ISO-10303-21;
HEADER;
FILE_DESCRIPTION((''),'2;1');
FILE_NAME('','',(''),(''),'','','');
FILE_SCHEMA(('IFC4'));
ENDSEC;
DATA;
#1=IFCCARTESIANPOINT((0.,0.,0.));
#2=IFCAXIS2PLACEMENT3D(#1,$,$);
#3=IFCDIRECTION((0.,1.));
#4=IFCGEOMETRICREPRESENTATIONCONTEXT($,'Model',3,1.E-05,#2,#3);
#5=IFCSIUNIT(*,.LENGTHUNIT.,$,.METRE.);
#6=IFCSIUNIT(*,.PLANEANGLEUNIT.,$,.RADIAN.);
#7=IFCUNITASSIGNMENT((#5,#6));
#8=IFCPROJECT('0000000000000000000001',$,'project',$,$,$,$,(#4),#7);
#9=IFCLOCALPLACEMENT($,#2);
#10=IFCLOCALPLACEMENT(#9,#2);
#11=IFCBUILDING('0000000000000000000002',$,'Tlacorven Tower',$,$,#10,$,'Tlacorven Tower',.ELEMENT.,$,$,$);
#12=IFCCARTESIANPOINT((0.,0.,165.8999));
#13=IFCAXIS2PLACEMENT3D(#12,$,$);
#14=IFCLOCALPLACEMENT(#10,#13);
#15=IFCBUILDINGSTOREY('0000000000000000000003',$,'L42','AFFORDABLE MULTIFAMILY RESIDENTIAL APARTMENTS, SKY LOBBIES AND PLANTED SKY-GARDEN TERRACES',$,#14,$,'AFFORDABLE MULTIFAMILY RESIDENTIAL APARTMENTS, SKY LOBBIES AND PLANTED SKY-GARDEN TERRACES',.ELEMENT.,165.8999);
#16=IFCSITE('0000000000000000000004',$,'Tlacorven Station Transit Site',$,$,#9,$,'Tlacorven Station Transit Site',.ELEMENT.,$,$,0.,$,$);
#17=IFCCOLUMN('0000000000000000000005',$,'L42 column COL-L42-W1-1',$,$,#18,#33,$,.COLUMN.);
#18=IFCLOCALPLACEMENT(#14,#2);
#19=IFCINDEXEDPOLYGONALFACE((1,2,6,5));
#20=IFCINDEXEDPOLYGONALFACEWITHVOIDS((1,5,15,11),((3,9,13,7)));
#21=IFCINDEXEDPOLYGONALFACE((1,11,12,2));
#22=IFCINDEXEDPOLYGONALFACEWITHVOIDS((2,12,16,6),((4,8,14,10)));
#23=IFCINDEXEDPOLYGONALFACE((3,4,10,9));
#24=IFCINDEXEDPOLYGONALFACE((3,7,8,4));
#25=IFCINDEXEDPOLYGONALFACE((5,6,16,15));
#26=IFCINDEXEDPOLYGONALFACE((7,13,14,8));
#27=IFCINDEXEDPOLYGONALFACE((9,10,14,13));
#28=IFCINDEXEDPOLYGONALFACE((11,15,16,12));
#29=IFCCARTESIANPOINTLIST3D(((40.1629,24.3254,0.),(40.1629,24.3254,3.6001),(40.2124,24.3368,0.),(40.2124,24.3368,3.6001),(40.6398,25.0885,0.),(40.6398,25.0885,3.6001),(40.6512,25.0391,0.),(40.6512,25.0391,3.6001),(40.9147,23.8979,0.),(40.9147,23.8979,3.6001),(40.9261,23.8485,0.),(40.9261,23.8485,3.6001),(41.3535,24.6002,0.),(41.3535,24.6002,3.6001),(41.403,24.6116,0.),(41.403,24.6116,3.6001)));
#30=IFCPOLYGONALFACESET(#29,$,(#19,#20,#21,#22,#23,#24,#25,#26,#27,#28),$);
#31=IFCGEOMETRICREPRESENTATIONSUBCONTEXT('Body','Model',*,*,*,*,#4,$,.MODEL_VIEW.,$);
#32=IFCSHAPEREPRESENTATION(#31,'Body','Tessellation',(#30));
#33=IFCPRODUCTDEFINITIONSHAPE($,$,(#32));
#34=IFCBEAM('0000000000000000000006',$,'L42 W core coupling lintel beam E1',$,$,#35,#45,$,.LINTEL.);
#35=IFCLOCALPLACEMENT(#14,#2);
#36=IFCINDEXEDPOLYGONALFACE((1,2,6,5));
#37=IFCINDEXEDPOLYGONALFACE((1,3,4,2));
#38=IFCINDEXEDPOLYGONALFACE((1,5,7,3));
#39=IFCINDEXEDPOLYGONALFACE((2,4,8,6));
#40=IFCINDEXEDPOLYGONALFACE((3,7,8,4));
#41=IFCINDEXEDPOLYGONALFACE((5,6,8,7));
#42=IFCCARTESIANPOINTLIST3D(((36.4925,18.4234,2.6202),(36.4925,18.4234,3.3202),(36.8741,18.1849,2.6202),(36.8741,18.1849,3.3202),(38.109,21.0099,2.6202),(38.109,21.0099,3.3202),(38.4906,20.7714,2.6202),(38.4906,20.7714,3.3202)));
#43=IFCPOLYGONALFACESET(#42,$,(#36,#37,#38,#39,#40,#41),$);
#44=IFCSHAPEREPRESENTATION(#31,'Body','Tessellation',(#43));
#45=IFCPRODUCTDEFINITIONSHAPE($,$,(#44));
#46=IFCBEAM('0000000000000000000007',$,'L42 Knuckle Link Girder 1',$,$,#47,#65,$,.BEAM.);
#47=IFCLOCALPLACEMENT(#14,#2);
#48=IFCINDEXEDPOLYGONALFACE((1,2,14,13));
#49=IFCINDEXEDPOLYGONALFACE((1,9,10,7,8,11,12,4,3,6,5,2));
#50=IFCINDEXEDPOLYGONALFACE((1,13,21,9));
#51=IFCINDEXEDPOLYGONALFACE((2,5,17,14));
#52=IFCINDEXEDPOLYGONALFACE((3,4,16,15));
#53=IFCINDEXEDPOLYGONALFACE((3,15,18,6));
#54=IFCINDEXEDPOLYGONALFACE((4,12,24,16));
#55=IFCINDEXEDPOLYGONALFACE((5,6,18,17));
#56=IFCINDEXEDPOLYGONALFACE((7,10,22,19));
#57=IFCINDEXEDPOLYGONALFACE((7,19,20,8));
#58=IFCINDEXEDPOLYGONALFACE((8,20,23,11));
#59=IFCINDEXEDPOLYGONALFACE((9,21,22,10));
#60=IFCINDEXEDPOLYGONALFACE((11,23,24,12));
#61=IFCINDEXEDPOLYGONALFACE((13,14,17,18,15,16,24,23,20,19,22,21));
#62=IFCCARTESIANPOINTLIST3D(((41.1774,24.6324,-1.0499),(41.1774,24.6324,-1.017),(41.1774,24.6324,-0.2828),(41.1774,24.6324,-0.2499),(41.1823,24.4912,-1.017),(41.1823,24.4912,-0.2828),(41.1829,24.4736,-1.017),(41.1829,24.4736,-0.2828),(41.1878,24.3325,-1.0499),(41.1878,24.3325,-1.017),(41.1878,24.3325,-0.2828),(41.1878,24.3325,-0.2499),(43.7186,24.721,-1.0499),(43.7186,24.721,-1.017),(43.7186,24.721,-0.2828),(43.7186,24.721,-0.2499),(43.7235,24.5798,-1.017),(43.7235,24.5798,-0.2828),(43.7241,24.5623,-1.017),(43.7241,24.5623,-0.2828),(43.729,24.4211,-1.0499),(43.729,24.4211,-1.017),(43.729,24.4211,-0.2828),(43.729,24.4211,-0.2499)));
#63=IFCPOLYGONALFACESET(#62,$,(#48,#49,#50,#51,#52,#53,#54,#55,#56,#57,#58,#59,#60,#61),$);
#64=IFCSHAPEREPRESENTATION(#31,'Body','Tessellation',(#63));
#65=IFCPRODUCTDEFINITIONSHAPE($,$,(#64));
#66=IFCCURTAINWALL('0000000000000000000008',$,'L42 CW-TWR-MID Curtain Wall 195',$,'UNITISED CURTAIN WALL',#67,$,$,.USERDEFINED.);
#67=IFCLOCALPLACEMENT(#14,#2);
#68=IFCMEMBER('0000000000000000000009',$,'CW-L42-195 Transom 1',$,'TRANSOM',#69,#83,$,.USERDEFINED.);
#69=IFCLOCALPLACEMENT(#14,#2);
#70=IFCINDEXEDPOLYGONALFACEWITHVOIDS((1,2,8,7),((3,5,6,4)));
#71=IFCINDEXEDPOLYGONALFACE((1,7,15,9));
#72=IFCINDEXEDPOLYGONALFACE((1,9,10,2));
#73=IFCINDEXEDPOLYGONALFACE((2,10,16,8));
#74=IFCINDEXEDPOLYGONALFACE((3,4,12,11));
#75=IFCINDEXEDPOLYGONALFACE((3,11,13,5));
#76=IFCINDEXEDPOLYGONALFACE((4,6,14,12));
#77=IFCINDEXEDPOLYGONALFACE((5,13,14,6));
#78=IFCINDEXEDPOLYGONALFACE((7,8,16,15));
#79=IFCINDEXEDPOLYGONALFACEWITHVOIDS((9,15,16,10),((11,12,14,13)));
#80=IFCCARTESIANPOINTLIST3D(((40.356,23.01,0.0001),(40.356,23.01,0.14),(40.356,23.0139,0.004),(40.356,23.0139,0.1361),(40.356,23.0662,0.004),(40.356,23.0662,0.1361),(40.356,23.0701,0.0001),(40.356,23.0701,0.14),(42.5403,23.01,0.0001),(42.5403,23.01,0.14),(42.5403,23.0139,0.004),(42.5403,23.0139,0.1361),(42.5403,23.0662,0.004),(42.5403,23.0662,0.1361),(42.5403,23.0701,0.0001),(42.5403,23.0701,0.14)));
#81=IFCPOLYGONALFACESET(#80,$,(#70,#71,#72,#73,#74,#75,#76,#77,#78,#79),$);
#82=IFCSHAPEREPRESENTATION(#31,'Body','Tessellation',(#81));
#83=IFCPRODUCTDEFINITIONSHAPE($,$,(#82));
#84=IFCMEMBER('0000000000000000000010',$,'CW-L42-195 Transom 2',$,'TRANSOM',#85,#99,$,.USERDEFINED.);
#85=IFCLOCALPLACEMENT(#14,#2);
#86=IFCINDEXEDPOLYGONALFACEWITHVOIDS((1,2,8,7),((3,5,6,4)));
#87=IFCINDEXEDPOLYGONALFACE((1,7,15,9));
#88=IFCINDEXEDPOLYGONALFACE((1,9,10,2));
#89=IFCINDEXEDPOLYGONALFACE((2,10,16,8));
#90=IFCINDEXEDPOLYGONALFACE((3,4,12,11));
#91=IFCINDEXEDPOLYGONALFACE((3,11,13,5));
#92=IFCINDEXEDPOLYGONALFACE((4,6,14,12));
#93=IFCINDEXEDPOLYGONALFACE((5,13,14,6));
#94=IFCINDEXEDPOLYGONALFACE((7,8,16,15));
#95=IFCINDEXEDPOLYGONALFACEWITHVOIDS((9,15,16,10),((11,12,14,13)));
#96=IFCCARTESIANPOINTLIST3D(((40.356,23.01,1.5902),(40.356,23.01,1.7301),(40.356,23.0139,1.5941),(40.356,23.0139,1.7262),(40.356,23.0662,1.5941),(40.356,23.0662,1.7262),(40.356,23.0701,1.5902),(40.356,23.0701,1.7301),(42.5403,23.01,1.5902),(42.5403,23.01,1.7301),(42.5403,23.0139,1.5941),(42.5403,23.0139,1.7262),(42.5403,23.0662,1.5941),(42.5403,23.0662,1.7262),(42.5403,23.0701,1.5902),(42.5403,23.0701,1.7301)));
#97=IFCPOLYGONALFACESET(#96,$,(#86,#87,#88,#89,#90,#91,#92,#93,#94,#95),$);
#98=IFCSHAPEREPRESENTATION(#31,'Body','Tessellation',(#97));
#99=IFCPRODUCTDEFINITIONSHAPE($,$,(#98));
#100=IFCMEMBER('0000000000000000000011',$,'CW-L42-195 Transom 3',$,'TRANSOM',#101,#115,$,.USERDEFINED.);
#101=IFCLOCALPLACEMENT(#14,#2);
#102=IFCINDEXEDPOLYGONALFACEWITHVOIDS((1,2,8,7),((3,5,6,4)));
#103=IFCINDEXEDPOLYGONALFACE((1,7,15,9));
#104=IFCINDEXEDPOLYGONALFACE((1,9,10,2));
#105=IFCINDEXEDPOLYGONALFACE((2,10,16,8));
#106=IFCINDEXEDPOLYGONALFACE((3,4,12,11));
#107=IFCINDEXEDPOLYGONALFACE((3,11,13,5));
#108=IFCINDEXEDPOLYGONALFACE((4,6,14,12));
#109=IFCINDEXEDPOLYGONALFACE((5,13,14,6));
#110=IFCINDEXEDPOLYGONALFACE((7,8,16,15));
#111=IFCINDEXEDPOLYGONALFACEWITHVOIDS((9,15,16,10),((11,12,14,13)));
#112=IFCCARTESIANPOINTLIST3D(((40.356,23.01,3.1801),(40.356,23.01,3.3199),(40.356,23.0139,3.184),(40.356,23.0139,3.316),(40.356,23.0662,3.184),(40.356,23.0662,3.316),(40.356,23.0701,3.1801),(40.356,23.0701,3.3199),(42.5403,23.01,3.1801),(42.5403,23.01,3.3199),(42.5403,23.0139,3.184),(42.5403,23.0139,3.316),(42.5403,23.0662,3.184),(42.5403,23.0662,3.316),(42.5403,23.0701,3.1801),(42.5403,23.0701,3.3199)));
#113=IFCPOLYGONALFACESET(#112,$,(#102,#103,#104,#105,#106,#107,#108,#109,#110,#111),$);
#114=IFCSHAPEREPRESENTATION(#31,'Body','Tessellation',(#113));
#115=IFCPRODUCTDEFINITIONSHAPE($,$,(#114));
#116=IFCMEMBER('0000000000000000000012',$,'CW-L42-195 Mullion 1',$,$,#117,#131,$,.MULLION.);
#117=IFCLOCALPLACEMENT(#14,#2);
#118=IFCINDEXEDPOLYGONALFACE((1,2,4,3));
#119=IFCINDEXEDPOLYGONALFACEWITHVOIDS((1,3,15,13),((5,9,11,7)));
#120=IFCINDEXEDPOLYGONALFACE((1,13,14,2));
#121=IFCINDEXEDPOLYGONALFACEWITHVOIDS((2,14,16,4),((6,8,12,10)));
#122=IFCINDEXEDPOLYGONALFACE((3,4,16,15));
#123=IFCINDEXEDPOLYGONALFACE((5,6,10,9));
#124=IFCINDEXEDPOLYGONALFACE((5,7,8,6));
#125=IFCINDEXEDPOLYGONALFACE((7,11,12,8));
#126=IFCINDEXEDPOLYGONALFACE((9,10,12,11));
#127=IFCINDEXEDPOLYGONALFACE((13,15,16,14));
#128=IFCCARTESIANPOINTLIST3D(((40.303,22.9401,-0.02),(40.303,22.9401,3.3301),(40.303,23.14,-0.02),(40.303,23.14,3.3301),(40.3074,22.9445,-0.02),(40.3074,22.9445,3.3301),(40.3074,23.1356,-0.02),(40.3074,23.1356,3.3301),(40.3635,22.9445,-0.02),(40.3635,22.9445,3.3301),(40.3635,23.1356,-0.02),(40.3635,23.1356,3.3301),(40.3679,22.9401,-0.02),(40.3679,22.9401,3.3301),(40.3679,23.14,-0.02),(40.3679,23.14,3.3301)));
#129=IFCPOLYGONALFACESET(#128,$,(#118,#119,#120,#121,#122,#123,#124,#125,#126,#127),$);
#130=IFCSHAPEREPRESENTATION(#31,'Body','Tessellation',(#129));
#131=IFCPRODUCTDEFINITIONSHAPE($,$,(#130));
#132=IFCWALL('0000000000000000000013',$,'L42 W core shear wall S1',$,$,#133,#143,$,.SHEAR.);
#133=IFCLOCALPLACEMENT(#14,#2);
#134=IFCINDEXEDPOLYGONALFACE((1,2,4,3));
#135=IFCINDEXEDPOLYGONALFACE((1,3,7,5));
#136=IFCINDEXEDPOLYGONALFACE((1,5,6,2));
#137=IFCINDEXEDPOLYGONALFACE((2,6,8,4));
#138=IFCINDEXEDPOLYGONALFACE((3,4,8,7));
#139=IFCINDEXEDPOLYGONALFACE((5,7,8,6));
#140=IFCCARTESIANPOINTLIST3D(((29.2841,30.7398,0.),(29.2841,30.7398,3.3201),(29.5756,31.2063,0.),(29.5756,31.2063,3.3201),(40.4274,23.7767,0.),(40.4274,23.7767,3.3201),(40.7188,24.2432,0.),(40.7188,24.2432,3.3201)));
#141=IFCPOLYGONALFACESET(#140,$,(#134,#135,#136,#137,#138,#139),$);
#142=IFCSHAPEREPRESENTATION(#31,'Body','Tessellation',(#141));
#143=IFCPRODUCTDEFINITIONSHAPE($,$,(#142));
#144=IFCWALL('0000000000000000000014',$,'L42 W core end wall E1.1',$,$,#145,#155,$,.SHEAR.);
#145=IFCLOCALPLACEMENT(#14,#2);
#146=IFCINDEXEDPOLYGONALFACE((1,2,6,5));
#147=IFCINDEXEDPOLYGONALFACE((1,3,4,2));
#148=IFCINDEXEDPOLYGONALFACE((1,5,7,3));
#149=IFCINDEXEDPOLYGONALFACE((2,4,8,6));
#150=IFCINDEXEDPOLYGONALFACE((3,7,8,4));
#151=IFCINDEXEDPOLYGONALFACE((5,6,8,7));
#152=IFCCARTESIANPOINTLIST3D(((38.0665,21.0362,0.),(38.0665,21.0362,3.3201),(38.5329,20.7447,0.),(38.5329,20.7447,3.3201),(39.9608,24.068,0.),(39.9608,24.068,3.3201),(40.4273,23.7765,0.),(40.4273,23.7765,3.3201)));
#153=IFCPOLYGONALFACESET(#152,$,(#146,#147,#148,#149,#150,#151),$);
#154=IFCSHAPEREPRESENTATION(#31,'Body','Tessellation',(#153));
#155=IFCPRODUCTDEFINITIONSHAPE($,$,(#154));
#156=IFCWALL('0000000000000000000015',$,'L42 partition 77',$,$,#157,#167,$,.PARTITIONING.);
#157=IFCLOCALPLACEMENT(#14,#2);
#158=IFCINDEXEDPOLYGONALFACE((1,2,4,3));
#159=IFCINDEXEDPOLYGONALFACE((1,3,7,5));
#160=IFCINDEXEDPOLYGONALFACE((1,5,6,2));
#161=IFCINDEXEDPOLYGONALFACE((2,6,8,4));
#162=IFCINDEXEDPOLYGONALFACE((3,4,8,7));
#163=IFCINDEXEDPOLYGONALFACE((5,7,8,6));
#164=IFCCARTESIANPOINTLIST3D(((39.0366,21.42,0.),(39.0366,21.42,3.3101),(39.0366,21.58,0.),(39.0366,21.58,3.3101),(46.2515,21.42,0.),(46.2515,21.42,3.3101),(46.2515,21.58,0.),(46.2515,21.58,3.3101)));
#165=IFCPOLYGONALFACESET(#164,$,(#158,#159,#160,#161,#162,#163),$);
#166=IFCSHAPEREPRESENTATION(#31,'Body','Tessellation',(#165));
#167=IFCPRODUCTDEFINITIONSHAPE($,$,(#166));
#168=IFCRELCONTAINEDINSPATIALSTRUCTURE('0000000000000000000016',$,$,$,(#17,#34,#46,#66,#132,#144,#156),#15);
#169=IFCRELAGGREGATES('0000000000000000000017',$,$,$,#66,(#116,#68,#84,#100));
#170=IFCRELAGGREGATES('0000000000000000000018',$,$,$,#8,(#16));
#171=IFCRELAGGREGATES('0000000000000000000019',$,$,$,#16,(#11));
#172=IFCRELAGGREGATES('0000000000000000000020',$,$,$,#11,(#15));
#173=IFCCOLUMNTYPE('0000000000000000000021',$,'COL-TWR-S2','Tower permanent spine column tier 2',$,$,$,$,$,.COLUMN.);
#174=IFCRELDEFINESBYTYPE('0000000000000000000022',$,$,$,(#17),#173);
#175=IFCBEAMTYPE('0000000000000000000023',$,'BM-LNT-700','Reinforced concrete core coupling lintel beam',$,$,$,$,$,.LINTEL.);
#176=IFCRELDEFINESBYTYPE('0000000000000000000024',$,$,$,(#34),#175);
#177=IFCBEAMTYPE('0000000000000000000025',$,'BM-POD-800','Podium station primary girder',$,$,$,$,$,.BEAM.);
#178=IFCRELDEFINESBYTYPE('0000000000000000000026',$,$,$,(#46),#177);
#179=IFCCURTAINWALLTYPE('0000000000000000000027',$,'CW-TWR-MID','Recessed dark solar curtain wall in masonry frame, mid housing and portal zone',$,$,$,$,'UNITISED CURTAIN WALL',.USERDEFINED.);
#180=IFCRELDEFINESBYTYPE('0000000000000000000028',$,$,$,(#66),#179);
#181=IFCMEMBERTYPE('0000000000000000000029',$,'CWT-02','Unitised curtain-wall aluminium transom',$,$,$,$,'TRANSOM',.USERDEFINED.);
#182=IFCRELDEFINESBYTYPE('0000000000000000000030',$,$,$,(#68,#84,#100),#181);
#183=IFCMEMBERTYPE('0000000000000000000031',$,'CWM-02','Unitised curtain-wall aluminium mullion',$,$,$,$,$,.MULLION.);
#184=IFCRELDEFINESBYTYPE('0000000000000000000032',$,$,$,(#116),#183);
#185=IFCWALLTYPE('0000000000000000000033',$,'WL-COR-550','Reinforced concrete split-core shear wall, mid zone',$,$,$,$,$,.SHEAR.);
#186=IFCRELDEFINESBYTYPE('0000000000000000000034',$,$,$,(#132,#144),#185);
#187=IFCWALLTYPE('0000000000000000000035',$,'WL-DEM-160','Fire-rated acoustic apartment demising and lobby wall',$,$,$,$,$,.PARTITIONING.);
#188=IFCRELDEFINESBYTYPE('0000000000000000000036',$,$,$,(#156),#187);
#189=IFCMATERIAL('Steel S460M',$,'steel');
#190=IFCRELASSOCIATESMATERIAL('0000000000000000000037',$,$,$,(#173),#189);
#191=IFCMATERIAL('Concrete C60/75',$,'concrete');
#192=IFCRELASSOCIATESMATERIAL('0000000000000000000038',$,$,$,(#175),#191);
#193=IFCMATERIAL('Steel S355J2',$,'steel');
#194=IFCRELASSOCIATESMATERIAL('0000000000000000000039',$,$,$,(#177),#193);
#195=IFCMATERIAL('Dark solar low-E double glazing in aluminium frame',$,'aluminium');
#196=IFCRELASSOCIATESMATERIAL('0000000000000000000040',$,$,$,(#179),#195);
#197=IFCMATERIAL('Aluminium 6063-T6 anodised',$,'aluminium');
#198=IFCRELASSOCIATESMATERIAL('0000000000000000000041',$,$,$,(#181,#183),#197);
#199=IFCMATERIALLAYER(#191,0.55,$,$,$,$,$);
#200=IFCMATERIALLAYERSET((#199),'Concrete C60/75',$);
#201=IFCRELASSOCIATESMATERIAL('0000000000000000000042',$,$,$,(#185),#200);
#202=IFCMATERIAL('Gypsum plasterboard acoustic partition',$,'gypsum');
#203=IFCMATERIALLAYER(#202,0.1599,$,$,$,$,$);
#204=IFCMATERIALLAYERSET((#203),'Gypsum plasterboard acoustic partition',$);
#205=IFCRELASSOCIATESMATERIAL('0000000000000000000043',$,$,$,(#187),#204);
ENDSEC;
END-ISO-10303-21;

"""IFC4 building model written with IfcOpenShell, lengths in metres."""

from ifc_helpers import new_model, si_unit, direction, frame, frame_2d, origin, origin_2d, place, context, subcontext, project, spatial, rectangle, hollow_rectangle, i_section, extrude, source, transform, mapped, material, layer, layer_set, material_profile, profile_set, type_object, element, aggregate, save


model = new_model("IFC4")

# Units and contexts
model_context = context("Model", 3, precision=1e-05, world=origin(), true_north=direction((0.0, 1.0)))
body_context = subcontext(model_context, "Body", "Model", "MODEL_VIEW")
ifc_project = project(units=[si_unit("LENGTHUNIT", "METRE"), si_unit("PLANEANGLEUNIT", "RADIAN")], contexts=[model_context])

# Site, building, storey
site_placement = place(None, origin())
site = spatial("IfcSite", under=ifc_project, at=site_placement, Name="Tlacorven Station Transit Site", LongName="Tlacorven Station Transit Site", CompositionType="ELEMENT", RefElevation=0.0)
building_placement = place(site_placement, origin())
building = spatial("IfcBuilding", under=site, at=building_placement, Name="Tlacorven Tower", LongName="Tlacorven Tower", CompositionType="ELEMENT")
storey_placement = place(building_placement, frame((0.0, 0.0, 165.8999)))
storey = spatial("IfcBuildingStorey", under=building, at=storey_placement, Name="L42", Description="AFFORDABLE MULTIFAMILY RESIDENTIAL APARTMENTS, SKY LOBBIES AND PLANTED SKY-GARDEN TERRACES", LongName="AFFORDABLE MULTIFAMILY RESIDENTIAL APARTMENTS, SKY LOBBIES AND PLANTED SKY-GARDEN TERRACES", CompositionType="ELEMENT", Elevation=165.8999)

# Column
ifc_material_1 = material(Name="Steel S460M", Category="steel")
ifc_material_profile_1 = material_profile(ifc_material_1, hollow_rectangle(XDim=0.8999, YDim=0.8999, WallThickness=0.0359, at=origin_2d()), Name="BOX 900X900X36")
ifc_profile_set_1 = profile_set([ifc_material_profile_1], Name="Steel S460M")
column_type = type_object("IfcColumnType", Name="COL-TWR-S2", Description="Tower permanent spine column tier 2", PredefinedType="COLUMN", material=ifc_profile_set_1)
shared_shape_1 = source(origin(), body_context, "Body", "SweptSolid", [
    extrude(hollow_rectangle(XDim=0.8999, YDim=0.8999, WallThickness=0.0359, at=origin_2d()), origin(), (0.0, 0.0, 1.0), 3.6001),
])
column_placement = place(storey_placement, frame((40.783, 24.4685, 0.0), z_axis=(0.0, 0.0, 1.0), x_axis=(-0.848048, 0.529919, 0.0)))
element("IfcColumn", 1, at=column_placement, inside=storey, type_object=column_type, Name="L42 column COL-L42-W1-1", PredefinedType="COLUMN", context=body_context, shape_type="MappedRepresentation", body=[
    mapped(shared_shape_1, transform((0.0, 0.0, 0.0), scale=1.0)),
])

# Beams
ifc_material_2 = material(Name="Concrete C60/75", Category="concrete")
ifc_material_profile_2 = material_profile(ifc_material_2, rectangle(XDim=0.45, YDim=0.7, at=origin_2d()), Name="RC 450X700")
ifc_profile_set_2 = profile_set([ifc_material_profile_2], Name="Concrete C60/75")
beam_type_1 = type_object("IfcBeamType", Name="BM-LNT-700", Description="Reinforced concrete core coupling lintel beam", PredefinedType="LINTEL", material=ifc_profile_set_2)
shared_shape_2 = source(origin(), body_context, "Body", "SweptSolid", [
    extrude(rectangle(XDim=0.45, YDim=0.7, at=origin_2d()), origin(), (0.0, 0.0, 1.0), 3.05),
])
beam_1_placement = place(storey_placement, frame((38.2998, 20.8906, 2.9702), z_axis=(-0.529985, -0.848007, 0.0), x_axis=(0.848007, -0.529985, 0.0)))
element("IfcBeam", 2, at=beam_1_placement, inside=storey, type_object=beam_type_1, Name="L42 W core coupling lintel beam E1", PredefinedType="LINTEL", context=body_context, shape_type="MappedRepresentation", body=[
    mapped(shared_shape_2, transform((0.0, 0.0, 0.0), scale=1.0)),
])
ifc_material_3 = material(Name="Steel S355J2", Category="steel")
ifc_material_profile_3 = material_profile(ifc_material_3, i_section(OverallWidth=0.3, OverallDepth=0.8, WebThickness=0.0176, FlangeThickness=0.033, at=origin_2d()), Name="HEB 800")
ifc_profile_set_3 = profile_set([ifc_material_profile_3], Name="Steel S355J2")
beam_type_2 = type_object("IfcBeamType", Name="BM-POD-800", Description="Podium station primary girder", PredefinedType="BEAM", material=ifc_profile_set_3)
shared_shape_3 = source(origin(), body_context, "Body", "SweptSolid", [
    extrude(i_section(OverallWidth=0.3, OverallDepth=0.8, WebThickness=0.0176, FlangeThickness=0.033, at=origin_2d()), origin(), (0.0, 0.0, 1.0), 2.5427),
])
beam_2_placement = place(storey_placement, frame((41.1826, 24.4824, -0.6499), z_axis=(0.999392, 0.034852, 0.0), x_axis=(-0.034852, 0.999392, 0.0)))
element("IfcBeam", 3, at=beam_2_placement, inside=storey, type_object=beam_type_2, Name="L42 Knuckle Link Girder 1", PredefinedType="BEAM", context=body_context, shape_type="MappedRepresentation", body=[
    mapped(shared_shape_3, transform((0.0, 0.0, 0.0), scale=1.0)),
])

# Curtain wall, members
ifc_material_4 = material(Name="Dark solar low-E double glazing in aluminium frame", Category="aluminium")
curtain_wall_type = type_object("IfcCurtainWallType", Name="CW-TWR-MID", Description="Recessed dark solar curtain wall in masonry frame, mid housing and portal zone", ElementType="UNITISED CURTAIN WALL", PredefinedType="USERDEFINED", material=ifc_material_4)
curtain_wall_placement = place(storey_placement, origin())
curtain_wall = element("IfcCurtainWall", 4, at=curtain_wall_placement, inside=storey, type_object=curtain_wall_type, Name="L42 CW-TWR-MID Curtain Wall 195", ObjectType="UNITISED CURTAIN WALL", PredefinedType="USERDEFINED")
ifc_material_5 = material(Name="Aluminium 6063-T6 anodised", Category="aluminium")
ifc_material_profile_4 = material_profile(ifc_material_5, hollow_rectangle(XDim=0.0601, YDim=0.1399, WallThickness=0.0039, at=origin_2d()), Name="ALU TRANSOM 60X140")
ifc_profile_set_4 = profile_set([ifc_material_profile_4], Name="Aluminium 6063-T6 anodised")
member_type_1 = type_object("IfcMemberType", Name="CWT-02", Description="Unitised curtain-wall aluminium transom", ElementType="TRANSOM", PredefinedType="USERDEFINED", material=ifc_profile_set_4)
shared_shape_4 = source(origin(), body_context, "Body", "SweptSolid", [
    extrude(hollow_rectangle(XDim=0.0601, YDim=0.1399, WallThickness=0.0039, at=origin_2d()), origin(), (0.0, 0.0, 1.0), 2.1843),
])
member_1_placement = place(storey_placement, frame((40.356, 23.04, 0.0701), z_axis=(1.0, 0.0, 0.0), x_axis=(0.0, 1.0, 0.0)))
member_1 = element("IfcMember", 5, at=member_1_placement, type_object=member_type_1, Name="CW-L42-195 Transom 1", ObjectType="TRANSOM", PredefinedType="USERDEFINED", context=body_context, shape_type="MappedRepresentation", body=[
    mapped(shared_shape_4, transform((0.0, 0.0, 0.0), scale=1.0)),
])
member_2_placement = place(storey_placement, frame((40.356, 23.04, 1.6602), z_axis=(1.0, 0.0, 0.0), x_axis=(0.0, 1.0, 0.0)))
member_2 = element("IfcMember", 6, at=member_2_placement, type_object=member_type_1, Name="CW-L42-195 Transom 2", ObjectType="TRANSOM", PredefinedType="USERDEFINED", context=body_context, shape_type="MappedRepresentation", body=[
    mapped(shared_shape_4, transform((0.0, 0.0, 0.0), scale=1.0)),
])
member_3_placement = place(storey_placement, frame((40.356, 23.04, 3.25), z_axis=(1.0, 0.0, 0.0), x_axis=(0.0, 1.0, 0.0)))
member_3 = element("IfcMember", 7, at=member_3_placement, type_object=member_type_1, Name="CW-L42-195 Transom 3", ObjectType="TRANSOM", PredefinedType="USERDEFINED", context=body_context, shape_type="MappedRepresentation", body=[
    mapped(shared_shape_4, transform((0.0, 0.0, 0.0), scale=1.0)),
])
ifc_material_profile_5 = material_profile(ifc_material_5, hollow_rectangle(XDim=0.0649, YDim=0.2, WallThickness=0.0044, at=origin_2d()), Name="ALU MULLION 65X200")
ifc_profile_set_5 = profile_set([ifc_material_profile_5], Name="Aluminium 6063-T6 anodised")
member_type_2 = type_object("IfcMemberType", Name="CWM-02", Description="Unitised curtain-wall aluminium mullion", PredefinedType="MULLION", material=ifc_profile_set_5)
shared_shape_5 = source(origin(), body_context, "Body", "SweptSolid", [
    extrude(hollow_rectangle(XDim=0.0649, YDim=0.2, WallThickness=0.0044, at=origin_2d()), origin(), (0.0, 0.0, 1.0), 3.3501),
])
member_4_placement = place(storey_placement, frame((40.3354, 23.04, -0.02), z_axis=(0.0, 0.0, 1.0), x_axis=(1.0, 0.0, 0.0)))
member_4 = element("IfcMember", 8, at=member_4_placement, type_object=member_type_2, Name="CW-L42-195 Mullion 1", PredefinedType="MULLION", context=body_context, shape_type="MappedRepresentation", body=[
    mapped(shared_shape_5, transform((0.0, 0.0, 0.0), scale=1.0)),
])
aggregate(curtain_wall, [member_4, member_1, member_2, member_3])

# Walls
ifc_layer_1 = layer(ifc_material_2, 0.55)
ifc_layer_set_1 = layer_set([ifc_layer_1], Name="Concrete C60/75")
wall_type_1 = type_object("IfcWallType", Name="WL-COR-550", Description="Reinforced concrete split-core shear wall, mid zone", PredefinedType="SHEAR", material=ifc_layer_set_1)
wall_1_placement = place(storey_placement, frame((40.573, 24.01, 0.0), z_axis=(0.0, 0.0, 1.0), x_axis=(-0.848047, 0.52992, 0.0)))
element("IfcWall", 9, at=wall_1_placement, inside=storey, type_object=wall_type_1, Name="L42 W core shear wall S1", PredefinedType="SHEAR", context=body_context, shape_type="SweptSolid", body=[
    extrude(rectangle(XDim=13.1399, YDim=0.55, at=frame_2d((6.5698, 0.0))), origin(), (0.0, 0.0, 1.0), 3.3201),
])
wall_2_placement = place(storey_placement, frame((40.1941, 23.9224, 0.0), z_axis=(0.0, 0.0, 1.0), x_axis=(-0.529888, -0.848067, 0.0)))
element("IfcWall", 10, at=wall_2_placement, inside=storey, type_object=wall_type_1, Name="L42 W core end wall E1.1", PredefinedType="SHEAR", context=body_context, shape_type="SweptSolid", body=[
    extrude(rectangle(XDim=3.575, YDim=0.55, at=frame_2d((1.7876, 0.0))), origin(), (0.0, 0.0, 1.0), 3.3201),
])
ifc_material_6 = material(Name="Gypsum plasterboard acoustic partition", Category="gypsum")
ifc_layer_2 = layer(ifc_material_6, 0.1599)
ifc_layer_set_2 = layer_set([ifc_layer_2], Name="Gypsum plasterboard acoustic partition")
wall_type_2 = type_object("IfcWallType", Name="WL-DEM-160", Description="Fire-rated acoustic apartment demising and lobby wall", PredefinedType="PARTITIONING", material=ifc_layer_set_2)
wall_3_placement = place(storey_placement, frame((39.0366, 21.5, 0.0), z_axis=(0.0, 0.0, 1.0), x_axis=(1.0, 0.0, 0.0)))
element("IfcWall", 11, at=wall_3_placement, inside=storey, type_object=wall_type_2, Name="L42 partition 77", PredefinedType="PARTITIONING", context=body_context, shape_type="SweptSolid", body=[
    extrude(rectangle(XDim=7.2148, YDim=0.1599, at=frame_2d((3.6074, 0.0))), origin(), (0.0, 0.0, 1.0), 3.3101),
])

save(model, "model.ifc")
